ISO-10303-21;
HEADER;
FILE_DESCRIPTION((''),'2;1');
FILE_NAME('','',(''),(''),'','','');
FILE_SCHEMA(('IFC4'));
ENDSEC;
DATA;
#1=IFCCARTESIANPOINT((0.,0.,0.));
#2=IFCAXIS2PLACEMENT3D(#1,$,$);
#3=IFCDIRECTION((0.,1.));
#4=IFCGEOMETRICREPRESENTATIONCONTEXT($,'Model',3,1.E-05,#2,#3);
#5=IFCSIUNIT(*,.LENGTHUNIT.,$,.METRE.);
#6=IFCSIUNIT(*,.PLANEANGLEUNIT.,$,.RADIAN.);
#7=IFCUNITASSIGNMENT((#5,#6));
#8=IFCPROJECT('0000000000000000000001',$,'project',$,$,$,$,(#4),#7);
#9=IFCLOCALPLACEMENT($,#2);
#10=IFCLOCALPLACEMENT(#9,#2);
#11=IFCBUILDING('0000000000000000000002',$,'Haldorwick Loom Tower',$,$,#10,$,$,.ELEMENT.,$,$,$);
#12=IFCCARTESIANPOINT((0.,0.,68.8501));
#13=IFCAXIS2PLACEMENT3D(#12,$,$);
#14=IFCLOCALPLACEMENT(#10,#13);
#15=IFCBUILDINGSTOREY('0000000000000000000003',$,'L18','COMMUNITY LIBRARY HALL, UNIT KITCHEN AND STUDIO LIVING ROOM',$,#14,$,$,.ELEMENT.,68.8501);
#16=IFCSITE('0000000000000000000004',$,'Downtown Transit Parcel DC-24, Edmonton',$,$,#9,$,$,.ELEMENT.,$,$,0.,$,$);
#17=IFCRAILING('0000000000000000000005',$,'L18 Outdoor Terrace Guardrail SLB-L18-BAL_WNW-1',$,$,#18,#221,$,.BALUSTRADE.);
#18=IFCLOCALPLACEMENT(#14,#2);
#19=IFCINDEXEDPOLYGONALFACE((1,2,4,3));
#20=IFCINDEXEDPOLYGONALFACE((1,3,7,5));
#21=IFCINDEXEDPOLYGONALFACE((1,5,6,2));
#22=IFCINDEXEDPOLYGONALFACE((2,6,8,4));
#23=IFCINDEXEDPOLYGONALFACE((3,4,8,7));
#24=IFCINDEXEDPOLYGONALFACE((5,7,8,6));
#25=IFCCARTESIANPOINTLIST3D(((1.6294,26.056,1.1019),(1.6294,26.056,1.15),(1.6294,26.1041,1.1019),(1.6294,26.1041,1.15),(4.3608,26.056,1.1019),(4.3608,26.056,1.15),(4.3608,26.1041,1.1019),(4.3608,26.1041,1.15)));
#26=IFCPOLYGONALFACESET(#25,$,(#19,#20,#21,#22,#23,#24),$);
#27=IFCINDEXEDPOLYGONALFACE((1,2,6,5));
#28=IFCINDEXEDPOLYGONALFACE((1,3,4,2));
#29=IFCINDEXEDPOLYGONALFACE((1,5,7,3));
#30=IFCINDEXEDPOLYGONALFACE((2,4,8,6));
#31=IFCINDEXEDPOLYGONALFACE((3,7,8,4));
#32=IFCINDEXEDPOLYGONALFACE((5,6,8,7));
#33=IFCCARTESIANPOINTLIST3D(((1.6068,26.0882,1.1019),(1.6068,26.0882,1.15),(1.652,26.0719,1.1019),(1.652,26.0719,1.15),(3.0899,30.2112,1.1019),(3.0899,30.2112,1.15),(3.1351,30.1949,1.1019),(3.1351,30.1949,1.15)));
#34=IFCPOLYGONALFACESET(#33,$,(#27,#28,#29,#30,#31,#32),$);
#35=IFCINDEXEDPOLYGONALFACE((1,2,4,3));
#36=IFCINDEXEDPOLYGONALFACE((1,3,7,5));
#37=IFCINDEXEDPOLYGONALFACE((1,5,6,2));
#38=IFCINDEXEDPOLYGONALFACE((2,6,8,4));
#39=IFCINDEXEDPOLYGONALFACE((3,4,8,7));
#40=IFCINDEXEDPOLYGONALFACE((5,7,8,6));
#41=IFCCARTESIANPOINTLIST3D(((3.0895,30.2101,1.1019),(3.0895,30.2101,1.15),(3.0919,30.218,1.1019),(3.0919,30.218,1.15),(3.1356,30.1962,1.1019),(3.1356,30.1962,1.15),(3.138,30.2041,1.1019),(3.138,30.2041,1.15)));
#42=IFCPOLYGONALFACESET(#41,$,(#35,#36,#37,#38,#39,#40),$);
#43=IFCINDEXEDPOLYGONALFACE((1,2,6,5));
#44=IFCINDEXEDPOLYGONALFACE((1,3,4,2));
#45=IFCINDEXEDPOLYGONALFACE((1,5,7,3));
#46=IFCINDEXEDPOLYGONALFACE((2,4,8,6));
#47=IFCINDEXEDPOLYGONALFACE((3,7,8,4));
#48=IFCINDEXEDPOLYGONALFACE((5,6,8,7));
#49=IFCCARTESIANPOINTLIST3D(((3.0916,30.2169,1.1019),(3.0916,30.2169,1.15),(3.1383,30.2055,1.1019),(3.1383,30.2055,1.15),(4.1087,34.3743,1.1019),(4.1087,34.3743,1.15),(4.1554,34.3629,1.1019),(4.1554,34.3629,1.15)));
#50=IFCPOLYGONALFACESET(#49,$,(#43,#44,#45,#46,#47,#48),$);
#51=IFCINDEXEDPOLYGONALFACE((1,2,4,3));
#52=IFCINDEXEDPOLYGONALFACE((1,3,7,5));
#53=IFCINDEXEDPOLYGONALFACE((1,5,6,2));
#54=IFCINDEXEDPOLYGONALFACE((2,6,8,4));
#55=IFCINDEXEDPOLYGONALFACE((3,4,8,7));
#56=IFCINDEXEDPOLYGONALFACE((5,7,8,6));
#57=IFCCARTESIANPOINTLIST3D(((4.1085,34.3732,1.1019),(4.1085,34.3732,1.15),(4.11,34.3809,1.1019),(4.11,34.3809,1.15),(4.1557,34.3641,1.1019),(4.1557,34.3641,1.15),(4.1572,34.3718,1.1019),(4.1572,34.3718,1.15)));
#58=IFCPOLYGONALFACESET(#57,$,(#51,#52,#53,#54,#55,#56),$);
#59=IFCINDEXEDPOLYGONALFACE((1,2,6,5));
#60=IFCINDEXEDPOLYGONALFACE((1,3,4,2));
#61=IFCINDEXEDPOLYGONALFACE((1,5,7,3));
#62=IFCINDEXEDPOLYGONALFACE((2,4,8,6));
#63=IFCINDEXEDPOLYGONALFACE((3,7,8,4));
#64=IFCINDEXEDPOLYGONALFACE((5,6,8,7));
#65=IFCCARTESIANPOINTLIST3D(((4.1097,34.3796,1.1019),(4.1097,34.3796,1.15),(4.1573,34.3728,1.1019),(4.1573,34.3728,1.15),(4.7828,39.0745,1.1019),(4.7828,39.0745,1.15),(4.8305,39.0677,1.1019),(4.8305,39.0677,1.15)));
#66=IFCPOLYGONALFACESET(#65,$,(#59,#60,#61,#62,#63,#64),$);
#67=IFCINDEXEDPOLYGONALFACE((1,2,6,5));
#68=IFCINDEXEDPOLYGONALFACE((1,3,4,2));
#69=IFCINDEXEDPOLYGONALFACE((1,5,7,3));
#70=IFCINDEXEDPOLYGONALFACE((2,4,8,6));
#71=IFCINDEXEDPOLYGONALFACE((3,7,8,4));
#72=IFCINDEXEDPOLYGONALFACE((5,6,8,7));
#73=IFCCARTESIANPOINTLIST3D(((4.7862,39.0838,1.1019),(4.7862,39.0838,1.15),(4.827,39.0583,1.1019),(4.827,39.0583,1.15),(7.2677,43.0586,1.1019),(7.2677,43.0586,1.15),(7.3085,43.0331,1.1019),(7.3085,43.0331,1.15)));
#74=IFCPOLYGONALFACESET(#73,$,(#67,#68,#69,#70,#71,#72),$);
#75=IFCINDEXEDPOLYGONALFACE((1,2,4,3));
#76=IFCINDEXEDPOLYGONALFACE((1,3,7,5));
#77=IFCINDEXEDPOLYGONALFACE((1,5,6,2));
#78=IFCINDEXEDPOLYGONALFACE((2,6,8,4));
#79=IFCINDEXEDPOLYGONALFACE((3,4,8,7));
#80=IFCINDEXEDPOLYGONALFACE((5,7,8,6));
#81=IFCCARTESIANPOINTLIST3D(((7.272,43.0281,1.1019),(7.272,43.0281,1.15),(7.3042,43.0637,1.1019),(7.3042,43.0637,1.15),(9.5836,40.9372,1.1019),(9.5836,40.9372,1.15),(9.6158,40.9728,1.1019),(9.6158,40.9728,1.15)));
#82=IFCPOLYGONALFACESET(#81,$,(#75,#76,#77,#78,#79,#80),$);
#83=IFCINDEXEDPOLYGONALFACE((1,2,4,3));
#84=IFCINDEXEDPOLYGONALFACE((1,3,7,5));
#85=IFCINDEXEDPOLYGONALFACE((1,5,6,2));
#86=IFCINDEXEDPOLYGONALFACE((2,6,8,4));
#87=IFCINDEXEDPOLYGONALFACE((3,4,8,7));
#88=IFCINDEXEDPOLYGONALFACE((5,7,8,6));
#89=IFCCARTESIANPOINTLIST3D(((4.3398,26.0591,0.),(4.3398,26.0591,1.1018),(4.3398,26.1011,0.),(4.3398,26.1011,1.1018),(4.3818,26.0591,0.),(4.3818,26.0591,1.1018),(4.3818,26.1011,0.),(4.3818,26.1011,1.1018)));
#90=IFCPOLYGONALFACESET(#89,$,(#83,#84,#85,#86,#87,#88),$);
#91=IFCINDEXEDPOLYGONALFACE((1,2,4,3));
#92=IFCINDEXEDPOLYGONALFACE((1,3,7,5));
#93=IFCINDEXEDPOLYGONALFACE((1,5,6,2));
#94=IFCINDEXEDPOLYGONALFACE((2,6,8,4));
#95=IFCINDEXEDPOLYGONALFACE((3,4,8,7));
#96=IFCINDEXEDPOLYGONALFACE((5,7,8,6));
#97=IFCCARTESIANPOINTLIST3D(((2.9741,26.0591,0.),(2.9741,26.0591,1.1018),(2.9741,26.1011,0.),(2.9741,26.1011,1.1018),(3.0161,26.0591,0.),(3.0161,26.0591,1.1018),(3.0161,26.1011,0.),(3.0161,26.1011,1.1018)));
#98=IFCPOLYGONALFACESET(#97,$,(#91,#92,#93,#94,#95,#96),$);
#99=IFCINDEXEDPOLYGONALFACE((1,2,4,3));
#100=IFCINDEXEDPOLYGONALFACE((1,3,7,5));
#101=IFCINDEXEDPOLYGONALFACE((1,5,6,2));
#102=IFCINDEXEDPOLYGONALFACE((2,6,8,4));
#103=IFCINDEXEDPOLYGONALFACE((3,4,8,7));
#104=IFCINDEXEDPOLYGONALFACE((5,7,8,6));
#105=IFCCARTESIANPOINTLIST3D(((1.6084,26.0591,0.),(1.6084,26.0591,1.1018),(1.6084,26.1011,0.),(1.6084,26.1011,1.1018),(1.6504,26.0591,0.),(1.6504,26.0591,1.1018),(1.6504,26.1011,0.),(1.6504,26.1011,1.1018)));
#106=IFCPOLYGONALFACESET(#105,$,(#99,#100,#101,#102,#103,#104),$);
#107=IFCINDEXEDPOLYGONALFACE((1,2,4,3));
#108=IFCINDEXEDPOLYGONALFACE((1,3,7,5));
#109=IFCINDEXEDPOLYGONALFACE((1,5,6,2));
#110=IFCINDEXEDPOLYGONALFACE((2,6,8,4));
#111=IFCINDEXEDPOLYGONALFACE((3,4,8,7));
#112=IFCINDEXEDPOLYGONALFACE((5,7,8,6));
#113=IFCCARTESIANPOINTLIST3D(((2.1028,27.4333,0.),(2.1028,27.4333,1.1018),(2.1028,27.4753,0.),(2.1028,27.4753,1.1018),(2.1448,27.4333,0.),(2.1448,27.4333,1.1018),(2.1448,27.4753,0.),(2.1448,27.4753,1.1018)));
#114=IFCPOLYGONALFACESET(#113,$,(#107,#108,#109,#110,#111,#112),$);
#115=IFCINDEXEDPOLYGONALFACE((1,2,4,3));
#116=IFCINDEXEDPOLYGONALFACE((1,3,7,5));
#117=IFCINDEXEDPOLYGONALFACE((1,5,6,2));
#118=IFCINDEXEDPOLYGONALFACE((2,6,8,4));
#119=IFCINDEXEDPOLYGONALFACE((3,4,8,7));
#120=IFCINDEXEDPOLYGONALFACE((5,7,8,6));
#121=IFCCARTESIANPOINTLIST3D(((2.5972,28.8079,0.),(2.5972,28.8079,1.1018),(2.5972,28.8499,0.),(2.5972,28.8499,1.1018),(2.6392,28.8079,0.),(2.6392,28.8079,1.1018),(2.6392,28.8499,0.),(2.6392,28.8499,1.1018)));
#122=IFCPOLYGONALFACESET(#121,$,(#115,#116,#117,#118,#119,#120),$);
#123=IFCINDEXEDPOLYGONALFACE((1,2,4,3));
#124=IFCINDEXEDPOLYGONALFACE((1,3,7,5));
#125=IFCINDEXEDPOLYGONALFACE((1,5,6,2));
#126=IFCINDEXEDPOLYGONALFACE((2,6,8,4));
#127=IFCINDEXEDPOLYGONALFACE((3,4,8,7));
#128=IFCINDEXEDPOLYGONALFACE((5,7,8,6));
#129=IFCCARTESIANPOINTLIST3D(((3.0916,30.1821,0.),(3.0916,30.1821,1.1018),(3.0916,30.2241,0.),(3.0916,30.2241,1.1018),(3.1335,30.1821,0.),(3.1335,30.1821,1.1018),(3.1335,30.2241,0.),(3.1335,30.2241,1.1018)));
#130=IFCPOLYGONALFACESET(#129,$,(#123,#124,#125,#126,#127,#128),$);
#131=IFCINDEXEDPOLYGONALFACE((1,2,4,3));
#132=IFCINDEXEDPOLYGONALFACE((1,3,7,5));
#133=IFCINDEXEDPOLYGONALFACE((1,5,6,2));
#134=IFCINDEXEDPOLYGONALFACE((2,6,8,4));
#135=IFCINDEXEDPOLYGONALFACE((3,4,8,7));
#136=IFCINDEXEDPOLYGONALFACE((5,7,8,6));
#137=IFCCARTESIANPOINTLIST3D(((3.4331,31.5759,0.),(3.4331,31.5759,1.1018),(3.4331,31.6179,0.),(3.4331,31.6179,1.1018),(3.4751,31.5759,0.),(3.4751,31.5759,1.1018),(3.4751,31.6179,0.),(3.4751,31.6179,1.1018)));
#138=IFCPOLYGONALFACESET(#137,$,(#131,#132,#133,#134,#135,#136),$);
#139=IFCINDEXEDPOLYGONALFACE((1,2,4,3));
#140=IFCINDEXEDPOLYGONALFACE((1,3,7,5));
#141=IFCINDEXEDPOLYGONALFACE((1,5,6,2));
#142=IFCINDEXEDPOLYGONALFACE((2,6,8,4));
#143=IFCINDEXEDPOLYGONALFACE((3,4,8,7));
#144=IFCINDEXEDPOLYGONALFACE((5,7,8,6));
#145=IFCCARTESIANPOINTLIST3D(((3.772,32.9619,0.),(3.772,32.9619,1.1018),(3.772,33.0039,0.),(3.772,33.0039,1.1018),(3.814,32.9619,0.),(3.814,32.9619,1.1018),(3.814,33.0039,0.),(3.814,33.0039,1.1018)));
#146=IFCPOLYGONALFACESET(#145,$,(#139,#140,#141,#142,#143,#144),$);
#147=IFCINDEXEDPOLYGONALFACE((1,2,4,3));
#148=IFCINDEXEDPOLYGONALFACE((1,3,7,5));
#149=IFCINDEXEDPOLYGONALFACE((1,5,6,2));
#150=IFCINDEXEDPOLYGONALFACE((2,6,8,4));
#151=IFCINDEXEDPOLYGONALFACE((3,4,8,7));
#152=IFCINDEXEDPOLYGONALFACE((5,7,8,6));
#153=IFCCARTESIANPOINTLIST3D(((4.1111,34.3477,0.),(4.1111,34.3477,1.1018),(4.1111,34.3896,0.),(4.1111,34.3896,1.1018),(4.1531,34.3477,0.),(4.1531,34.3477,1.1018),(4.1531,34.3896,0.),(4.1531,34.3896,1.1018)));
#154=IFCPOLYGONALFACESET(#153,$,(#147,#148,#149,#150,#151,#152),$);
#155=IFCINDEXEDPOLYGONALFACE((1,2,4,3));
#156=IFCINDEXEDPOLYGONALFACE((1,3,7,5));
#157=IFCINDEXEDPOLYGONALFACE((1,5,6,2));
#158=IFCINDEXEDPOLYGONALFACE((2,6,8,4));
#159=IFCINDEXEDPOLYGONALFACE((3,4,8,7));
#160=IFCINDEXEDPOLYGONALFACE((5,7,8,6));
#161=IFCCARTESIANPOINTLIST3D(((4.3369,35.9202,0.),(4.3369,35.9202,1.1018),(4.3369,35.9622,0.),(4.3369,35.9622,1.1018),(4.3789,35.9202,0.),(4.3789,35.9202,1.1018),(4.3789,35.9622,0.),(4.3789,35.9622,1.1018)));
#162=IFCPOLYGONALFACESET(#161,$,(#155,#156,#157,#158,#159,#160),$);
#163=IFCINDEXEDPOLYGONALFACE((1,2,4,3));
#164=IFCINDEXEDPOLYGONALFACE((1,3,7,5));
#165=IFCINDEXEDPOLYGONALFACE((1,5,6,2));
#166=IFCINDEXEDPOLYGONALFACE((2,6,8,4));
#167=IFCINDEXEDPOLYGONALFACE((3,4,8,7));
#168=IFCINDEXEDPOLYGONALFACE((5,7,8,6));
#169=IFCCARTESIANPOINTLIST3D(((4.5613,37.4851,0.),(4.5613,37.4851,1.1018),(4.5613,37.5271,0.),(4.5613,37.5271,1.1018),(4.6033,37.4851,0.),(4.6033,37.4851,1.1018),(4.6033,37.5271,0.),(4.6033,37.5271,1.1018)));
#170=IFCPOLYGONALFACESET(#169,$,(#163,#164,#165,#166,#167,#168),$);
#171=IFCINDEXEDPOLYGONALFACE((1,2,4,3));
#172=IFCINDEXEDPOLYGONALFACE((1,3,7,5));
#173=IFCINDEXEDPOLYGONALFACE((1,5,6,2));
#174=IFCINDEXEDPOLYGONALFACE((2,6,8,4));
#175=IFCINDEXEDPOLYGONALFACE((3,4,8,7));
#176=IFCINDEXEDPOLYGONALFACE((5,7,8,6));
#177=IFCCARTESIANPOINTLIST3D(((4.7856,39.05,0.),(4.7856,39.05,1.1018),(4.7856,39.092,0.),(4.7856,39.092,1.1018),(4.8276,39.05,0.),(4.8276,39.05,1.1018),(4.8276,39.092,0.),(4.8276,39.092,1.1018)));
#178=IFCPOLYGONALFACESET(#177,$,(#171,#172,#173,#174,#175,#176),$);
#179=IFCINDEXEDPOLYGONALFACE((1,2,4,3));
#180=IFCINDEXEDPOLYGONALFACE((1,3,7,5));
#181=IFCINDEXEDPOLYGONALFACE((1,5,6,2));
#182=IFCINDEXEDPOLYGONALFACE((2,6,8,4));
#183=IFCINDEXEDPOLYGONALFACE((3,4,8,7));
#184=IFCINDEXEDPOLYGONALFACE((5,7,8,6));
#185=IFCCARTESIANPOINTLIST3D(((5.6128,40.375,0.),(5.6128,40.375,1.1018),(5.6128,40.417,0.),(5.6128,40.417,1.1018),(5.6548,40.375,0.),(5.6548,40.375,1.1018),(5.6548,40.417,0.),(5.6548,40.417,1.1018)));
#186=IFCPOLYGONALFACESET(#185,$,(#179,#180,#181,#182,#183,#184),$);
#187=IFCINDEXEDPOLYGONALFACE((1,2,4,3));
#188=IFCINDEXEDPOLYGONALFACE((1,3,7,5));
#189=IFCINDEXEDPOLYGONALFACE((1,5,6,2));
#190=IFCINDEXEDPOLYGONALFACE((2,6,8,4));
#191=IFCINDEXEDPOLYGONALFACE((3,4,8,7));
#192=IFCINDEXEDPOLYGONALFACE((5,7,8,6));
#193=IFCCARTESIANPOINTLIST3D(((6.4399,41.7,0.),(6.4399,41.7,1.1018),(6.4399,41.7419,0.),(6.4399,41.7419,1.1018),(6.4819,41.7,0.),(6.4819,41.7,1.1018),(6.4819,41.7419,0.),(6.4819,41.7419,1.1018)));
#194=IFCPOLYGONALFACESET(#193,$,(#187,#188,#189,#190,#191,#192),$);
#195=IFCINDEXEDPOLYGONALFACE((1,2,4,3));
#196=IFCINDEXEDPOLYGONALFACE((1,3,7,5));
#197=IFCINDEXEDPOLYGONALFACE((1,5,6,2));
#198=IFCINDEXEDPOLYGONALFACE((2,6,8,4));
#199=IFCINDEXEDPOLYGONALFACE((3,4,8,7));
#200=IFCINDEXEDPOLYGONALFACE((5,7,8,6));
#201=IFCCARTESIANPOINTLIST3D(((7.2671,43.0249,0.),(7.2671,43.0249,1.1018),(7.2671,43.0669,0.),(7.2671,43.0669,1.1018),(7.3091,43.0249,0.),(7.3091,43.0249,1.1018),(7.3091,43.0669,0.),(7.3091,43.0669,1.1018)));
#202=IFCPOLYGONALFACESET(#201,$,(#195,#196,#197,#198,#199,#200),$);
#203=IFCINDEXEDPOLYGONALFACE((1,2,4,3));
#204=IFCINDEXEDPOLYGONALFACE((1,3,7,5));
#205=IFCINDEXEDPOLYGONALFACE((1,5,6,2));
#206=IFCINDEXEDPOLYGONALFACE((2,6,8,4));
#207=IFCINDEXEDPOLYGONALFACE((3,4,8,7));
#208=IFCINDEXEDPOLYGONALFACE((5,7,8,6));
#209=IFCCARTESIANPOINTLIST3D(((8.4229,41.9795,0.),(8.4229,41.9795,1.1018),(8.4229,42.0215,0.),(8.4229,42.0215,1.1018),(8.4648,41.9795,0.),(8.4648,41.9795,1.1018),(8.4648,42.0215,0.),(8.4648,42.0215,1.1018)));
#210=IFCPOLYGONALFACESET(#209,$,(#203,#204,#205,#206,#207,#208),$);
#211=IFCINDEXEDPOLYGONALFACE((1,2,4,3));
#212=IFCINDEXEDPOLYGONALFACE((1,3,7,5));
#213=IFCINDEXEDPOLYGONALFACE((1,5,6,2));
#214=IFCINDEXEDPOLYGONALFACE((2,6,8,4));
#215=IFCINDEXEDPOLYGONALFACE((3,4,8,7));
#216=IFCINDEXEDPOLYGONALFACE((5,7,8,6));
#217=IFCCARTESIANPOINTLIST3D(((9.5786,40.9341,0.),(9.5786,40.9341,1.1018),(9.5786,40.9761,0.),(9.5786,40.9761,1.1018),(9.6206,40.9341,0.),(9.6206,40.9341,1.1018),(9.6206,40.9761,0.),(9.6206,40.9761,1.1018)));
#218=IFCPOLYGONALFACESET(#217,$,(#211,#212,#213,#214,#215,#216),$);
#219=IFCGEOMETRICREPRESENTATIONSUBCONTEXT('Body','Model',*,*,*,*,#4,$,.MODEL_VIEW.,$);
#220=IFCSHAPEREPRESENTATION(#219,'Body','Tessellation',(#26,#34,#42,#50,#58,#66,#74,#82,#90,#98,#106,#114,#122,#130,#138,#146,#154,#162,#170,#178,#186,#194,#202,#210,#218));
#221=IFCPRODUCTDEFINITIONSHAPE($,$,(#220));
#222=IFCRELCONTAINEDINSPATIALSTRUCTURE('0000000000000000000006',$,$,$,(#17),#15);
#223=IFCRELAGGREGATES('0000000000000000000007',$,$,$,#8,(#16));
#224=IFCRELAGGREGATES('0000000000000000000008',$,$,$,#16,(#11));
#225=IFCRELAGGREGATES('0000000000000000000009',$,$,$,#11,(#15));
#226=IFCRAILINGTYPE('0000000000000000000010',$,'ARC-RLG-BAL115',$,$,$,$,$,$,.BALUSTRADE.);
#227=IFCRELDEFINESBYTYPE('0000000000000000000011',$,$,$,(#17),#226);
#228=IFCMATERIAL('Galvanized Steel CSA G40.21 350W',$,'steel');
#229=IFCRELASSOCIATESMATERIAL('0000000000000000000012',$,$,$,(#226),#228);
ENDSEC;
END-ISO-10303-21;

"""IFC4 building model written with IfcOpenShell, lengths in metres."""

from ifc_helpers import new_model, si_unit, direction, frame, origin, origin_2d, place, context, subcontext, project, spatial, rectangle, extrude, material, type_object, element, save


model = new_model("IFC4")

# Units and contexts
model_context = context("Model", 3, precision=1e-05, world=origin(), true_north=direction((0.0, 1.0)))
body_context = subcontext(model_context, "Body", "Model", "MODEL_VIEW")
ifc_project = project(units=[si_unit("LENGTHUNIT", "METRE"), si_unit("PLANEANGLEUNIT", "RADIAN")], contexts=[model_context])

# Site, building, storey
site_placement = place(None, origin())
site = spatial("IfcSite", under=ifc_project, at=site_placement, Name="Downtown Transit Parcel DC-24, Edmonton", CompositionType="ELEMENT", RefElevation=0.0)
building_placement = place(site_placement, origin())
building = spatial("IfcBuilding", under=site, at=building_placement, Name="Haldorwick Loom Tower", CompositionType="ELEMENT")
storey_placement = place(building_placement, frame((0.0, 0.0, 68.8501)))
storey = spatial("IfcBuildingStorey", under=building, at=storey_placement, Name="L18", Description="COMMUNITY LIBRARY HALL, UNIT KITCHEN AND STUDIO LIVING ROOM", CompositionType="ELEMENT", Elevation=68.8501)

# Railing
ifc_material_1 = material(Name="Galvanized Steel CSA G40.21 350W", Category="steel")
railing_type = type_object("IfcRailingType", Name="ARC-RLG-BAL115", PredefinedType="BALUSTRADE", material=ifc_material_1)
railing_placement = place(storey_placement, frame((4.3608, 26.0801, 0.0)))
element("IfcRailing", 1, at=railing_placement, inside=storey, type_object=railing_type, Name="L18 Outdoor Terrace Guardrail SLB-L18-BAL_WNW-1", PredefinedType="BALUSTRADE", context=body_context, shape_type="SweptSolid", body=[
    extrude(rectangle(XDim=0.0481, YDim=0.0481, at=origin_2d()), frame((0.0, 0.0, 1.126), z_axis=(-1.0, 0.0, 0.0), x_axis=(0.0, -1.0, 0.0)), (0.0, 0.0, 1.0), 2.7314),
    extrude(rectangle(XDim=0.0481, YDim=0.0481, at=origin_2d()), frame((-2.7314, 0.0, 1.126), z_axis=(0.338489, 0.94097, 0.0), x_axis=(-0.94097, 0.338489, 0.0)), (0.0, 0.0, 1.0), 4.3816),
    extrude(rectangle(XDim=0.0481, YDim=0.0481, at=origin_2d()), frame((-1.2483, 4.123, 1.126), z_axis=(0.290007, 0.957024, 0.0), x_axis=(-0.957024, 0.290007, 0.0)), (0.0, 0.0, 1.0), 0.0083),
    extrude(rectangle(XDim=0.0481, YDim=0.0481, at=origin_2d()), frame((-1.2458, 4.1311, 1.126), z_axis=(0.237634, 0.971355, 0.0), x_axis=(-0.971355, 0.237634, 0.0)), (0.0, 0.0, 1.0), 4.28),
    extrude(rectangle(XDim=0.0481, YDim=0.0481, at=origin_2d()), frame((-0.2288, 8.2886, 1.126), z_axis=(0.190022, 0.98178, 0.0), x_axis=(-0.98178, 0.190022, 0.0)), (0.0, 0.0, 1.0), 0.0078),
    extrude(rectangle(XDim=0.0481, YDim=0.0481, at=origin_2d()), frame((-0.2273, 8.2961, 1.126), z_axis=(0.141919, 0.989878, 0.0), x_axis=(-0.989878, 0.141919, 0.0)), (0.0, 0.0, 1.0), 4.7429),
    extrude(rectangle(XDim=0.0481, YDim=0.0481, at=origin_2d()), frame((0.4458, 12.991, 1.126), z_axis=(0.529563, 0.84827, 0.0), x_axis=(-0.84827, 0.529563, 0.0)), (0.0, 0.0, 1.0), 4.6858),
    extrude(rectangle(XDim=0.0481, YDim=0.0481, at=origin_2d()), frame((2.9272, 16.9658, 1.126), z_axis=(0.741625, -0.670815, 0.0), x_axis=(0.670815, 0.741625, 0.0)), (0.0, 0.0, 1.0), 3.1169),
    extrude(rectangle(XDim=0.042, YDim=0.042, at=origin_2d()), origin(), (0.0, 0.0, 1.0), 1.1018),
    extrude(rectangle(XDim=0.042, YDim=0.042, at=origin_2d()), frame((-1.3657, 0.0, 0.0)), (0.0, 0.0, 1.0), 1.1018),
    extrude(rectangle(XDim=0.042, YDim=0.042, at=origin_2d()), frame((-2.7314, 0.0, 0.0)), (0.0, 0.0, 1.0), 1.1018),
    extrude(rectangle(XDim=0.042, YDim=0.042, at=origin_2d()), frame((-2.2371, 1.3743, 0.0)), (0.0, 0.0, 1.0), 1.1018),
    extrude(rectangle(XDim=0.042, YDim=0.042, at=origin_2d()), frame((-1.7427, 2.7488, 0.0)), (0.0, 0.0, 1.0), 1.1018),
    extrude(rectangle(XDim=0.042, YDim=0.042, at=origin_2d()), frame((-1.2483, 4.123, 0.0)), (0.0, 0.0, 1.0), 1.1018),
    extrude(rectangle(XDim=0.042, YDim=0.042, at=origin_2d()), frame((-0.9067, 5.5168, 0.0)), (0.0, 0.0, 1.0), 1.1018),
    extrude(rectangle(XDim=0.042, YDim=0.042, at=origin_2d()), frame((-0.5679, 6.9028, 0.0)), (0.0, 0.0, 1.0), 1.1018),
    extrude(rectangle(XDim=0.042, YDim=0.042, at=origin_2d()), frame((-0.2288, 8.2886, 0.0)), (0.0, 0.0, 1.0), 1.1018),
    extrude(rectangle(XDim=0.042, YDim=0.042, at=origin_2d()), frame((-0.0029, 9.8611, 0.0)), (0.0, 0.0, 1.0), 1.1018),
    extrude(rectangle(XDim=0.042, YDim=0.042, at=origin_2d()), frame((0.2214, 11.426, 0.0)), (0.0, 0.0, 1.0), 1.1018),
    extrude(rectangle(XDim=0.042, YDim=0.042, at=origin_2d()), frame((0.4458, 12.991, 0.0)), (0.0, 0.0, 1.0), 1.1018),
    extrude(rectangle(XDim=0.042, YDim=0.042, at=origin_2d()), frame((1.2729, 14.3159, 0.0)), (0.0, 0.0, 1.0), 1.1018),
    extrude(rectangle(XDim=0.042, YDim=0.042, at=origin_2d()), frame((2.1001, 15.6409, 0.0)), (0.0, 0.0, 1.0), 1.1018),
    extrude(rectangle(XDim=0.042, YDim=0.042, at=origin_2d()), frame((2.9272, 16.9658, 0.0)), (0.0, 0.0, 1.0), 1.1018),
    extrude(rectangle(XDim=0.042, YDim=0.042, at=origin_2d()), frame((4.083, 15.9204, 0.0)), (0.0, 0.0, 1.0), 1.1018),
    extrude(rectangle(XDim=0.042, YDim=0.042, at=origin_2d()), frame((5.2388, 14.875, 0.0)), (0.0, 0.0, 1.0), 1.1018),
])

save(model, "model.ifc")
